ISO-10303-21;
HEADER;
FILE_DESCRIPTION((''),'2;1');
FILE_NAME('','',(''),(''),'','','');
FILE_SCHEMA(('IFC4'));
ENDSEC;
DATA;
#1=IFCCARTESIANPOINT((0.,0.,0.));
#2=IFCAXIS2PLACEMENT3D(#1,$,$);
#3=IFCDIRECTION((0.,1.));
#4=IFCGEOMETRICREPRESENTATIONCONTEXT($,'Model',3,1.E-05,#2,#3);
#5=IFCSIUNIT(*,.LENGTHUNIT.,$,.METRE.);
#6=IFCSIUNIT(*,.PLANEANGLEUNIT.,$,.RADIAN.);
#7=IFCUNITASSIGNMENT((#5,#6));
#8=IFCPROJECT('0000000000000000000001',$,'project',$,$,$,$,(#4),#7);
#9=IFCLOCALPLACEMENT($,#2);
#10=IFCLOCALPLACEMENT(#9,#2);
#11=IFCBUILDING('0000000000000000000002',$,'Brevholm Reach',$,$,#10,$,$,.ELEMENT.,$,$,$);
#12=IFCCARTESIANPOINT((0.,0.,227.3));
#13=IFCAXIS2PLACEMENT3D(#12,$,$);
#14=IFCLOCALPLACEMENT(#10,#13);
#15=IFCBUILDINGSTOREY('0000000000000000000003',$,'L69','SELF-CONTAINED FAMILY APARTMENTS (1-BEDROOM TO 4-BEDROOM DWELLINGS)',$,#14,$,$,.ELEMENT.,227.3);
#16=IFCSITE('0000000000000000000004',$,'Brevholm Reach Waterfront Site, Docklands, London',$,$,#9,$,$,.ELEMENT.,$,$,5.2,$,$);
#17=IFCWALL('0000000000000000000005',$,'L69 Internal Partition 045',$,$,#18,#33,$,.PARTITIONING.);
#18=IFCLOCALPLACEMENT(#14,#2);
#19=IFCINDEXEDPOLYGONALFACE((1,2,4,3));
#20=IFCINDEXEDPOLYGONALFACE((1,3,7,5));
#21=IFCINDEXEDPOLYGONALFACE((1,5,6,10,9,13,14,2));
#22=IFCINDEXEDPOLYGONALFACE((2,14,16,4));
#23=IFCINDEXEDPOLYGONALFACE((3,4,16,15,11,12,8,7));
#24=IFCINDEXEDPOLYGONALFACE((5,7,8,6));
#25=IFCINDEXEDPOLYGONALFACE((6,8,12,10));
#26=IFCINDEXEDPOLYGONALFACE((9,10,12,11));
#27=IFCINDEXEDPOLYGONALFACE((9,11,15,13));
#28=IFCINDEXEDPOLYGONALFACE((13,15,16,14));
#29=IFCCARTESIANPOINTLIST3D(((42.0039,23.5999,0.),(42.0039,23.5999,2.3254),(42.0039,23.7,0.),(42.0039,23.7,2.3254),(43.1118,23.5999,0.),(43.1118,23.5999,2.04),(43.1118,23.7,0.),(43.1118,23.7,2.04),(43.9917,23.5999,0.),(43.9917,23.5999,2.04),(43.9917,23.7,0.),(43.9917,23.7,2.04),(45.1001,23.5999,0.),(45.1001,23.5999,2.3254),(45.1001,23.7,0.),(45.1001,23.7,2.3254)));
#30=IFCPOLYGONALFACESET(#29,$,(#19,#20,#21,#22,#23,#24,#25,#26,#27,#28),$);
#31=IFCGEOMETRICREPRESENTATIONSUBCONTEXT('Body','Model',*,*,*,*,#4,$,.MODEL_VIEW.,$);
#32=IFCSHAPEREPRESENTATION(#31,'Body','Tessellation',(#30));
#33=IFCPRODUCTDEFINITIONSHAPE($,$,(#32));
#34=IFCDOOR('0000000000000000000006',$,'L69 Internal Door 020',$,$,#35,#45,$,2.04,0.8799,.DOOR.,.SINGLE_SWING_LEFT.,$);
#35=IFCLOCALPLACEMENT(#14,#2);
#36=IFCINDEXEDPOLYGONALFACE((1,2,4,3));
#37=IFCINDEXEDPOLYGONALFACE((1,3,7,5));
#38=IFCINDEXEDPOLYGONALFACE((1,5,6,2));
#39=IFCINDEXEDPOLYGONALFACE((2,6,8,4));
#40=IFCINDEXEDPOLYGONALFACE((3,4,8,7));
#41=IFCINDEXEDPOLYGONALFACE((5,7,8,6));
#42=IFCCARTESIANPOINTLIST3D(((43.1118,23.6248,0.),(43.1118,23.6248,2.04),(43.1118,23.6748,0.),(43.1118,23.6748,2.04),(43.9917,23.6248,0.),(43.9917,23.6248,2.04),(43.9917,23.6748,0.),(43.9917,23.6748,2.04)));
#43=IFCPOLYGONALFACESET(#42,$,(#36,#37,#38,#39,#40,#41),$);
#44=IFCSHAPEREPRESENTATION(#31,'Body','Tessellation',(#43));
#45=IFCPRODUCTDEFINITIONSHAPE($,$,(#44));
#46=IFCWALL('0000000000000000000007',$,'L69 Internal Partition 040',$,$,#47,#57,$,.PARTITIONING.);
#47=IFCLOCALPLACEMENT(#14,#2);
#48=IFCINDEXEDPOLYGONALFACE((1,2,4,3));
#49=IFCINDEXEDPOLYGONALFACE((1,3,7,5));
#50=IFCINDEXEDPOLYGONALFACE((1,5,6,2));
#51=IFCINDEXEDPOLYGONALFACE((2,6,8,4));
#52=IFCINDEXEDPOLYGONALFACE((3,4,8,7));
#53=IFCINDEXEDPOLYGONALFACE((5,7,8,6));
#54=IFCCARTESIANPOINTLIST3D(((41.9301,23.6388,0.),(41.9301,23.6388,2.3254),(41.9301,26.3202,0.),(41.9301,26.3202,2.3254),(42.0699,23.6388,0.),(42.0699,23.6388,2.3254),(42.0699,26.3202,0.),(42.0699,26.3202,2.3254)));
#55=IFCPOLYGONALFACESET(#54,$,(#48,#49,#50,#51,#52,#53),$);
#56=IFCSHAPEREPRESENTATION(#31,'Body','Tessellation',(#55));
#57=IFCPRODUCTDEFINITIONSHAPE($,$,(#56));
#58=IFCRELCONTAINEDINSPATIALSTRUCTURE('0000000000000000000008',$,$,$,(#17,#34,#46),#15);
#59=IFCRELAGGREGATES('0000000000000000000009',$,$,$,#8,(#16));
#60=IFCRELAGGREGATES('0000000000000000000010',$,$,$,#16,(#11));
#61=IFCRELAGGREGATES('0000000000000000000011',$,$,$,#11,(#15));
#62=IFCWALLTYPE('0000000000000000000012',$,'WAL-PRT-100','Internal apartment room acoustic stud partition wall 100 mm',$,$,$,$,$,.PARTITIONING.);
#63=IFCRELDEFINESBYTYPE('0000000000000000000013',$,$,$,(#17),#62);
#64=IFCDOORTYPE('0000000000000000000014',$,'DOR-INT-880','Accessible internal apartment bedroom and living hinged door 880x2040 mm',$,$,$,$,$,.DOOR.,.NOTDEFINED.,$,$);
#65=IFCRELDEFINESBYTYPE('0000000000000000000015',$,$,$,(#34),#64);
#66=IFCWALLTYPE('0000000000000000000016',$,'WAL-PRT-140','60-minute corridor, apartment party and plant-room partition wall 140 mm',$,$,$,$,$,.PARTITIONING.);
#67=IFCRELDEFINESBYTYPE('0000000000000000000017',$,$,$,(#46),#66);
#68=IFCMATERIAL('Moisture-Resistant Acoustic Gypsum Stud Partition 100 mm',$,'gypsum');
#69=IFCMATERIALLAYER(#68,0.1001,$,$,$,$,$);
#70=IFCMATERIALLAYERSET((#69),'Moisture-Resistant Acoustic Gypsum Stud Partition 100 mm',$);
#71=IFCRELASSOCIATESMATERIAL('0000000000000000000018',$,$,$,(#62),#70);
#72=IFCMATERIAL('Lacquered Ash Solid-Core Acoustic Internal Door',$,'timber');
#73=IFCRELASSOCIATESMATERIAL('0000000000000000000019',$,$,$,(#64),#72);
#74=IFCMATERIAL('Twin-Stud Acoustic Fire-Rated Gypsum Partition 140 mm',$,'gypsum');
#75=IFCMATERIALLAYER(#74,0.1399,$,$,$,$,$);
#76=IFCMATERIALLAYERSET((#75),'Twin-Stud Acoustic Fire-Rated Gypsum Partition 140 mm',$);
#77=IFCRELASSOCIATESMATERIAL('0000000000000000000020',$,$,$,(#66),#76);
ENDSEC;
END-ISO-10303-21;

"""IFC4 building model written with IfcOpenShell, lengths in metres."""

from ifc_helpers import new_model, si_unit, direction, frame, frame_2d, origin, place, context, subcontext, project, spatial, rectangle, extrude, material, layer, layer_set, type_object, element, fill, save


model = new_model("IFC4")

# Units and contexts
model_context = context("Model", 3, precision=1e-05, world=origin(), true_north=direction((0.0, 1.0)))
body_context = subcontext(model_context, "Body", "Model", "MODEL_VIEW")
ifc_project = project(units=[si_unit("LENGTHUNIT", "METRE"), si_unit("PLANEANGLEUNIT", "RADIAN")], contexts=[model_context])

# Site, building, storey
site_placement = place(None, origin())
site = spatial("IfcSite", under=ifc_project, at=site_placement, Name="Brevholm Reach Waterfront Site, Docklands, London", CompositionType="ELEMENT", RefElevation=5.2)
building_placement = place(site_placement, origin())
building = spatial("IfcBuilding", under=site, at=building_placement, Name="Brevholm Reach", CompositionType="ELEMENT")
storey_placement = place(building_placement, frame((0.0, 0.0, 227.3)))
storey = spatial("IfcBuildingStorey", under=building, at=storey_placement, Name="L69", Description="SELF-CONTAINED FAMILY APARTMENTS (1-BEDROOM TO 4-BEDROOM DWELLINGS)", CompositionType="ELEMENT", Elevation=227.3)

# Wall, opening, door
ifc_material_1 = material(Name="Moisture-Resistant Acoustic Gypsum Stud Partition 100 mm", Category="gypsum")
ifc_layer_1 = layer(ifc_material_1, 0.1001)
ifc_layer_set_1 = layer_set([ifc_layer_1], Name="Moisture-Resistant Acoustic Gypsum Stud Partition 100 mm")
wall_type_1 = type_object("IfcWallType", Name="WAL-PRT-100", Description="Internal apartment room acoustic stud partition wall 100 mm", PredefinedType="PARTITIONING", material=ifc_layer_set_1)
wall_1_placement = place(storey_placement, frame((42.0039, 23.6499, 0.0), z_axis=(0.0, 0.0, 1.0), x_axis=(1.0, 0.0, 0.0)))
wall_1 = element("IfcWall", 1, at=wall_1_placement, inside=storey, type_object=wall_type_1, Name="L69 Internal Partition 045", PredefinedType="PARTITIONING", context=body_context, shape_type="SweptSolid", body=[
    extrude(rectangle(XDim=3.0962, YDim=0.1001, at=frame_2d((1.5481, 0.0))), origin(), (0.0, 0.0, 1.0), 2.3254),
])
opening_1_placement = place(wall_1_placement, frame((1.1079, 0.0, 0.0)))
opening_1 = element("IfcOpeningElement", 2, at=opening_1_placement, cuts=wall_1, PredefinedType="OPENING", context=body_context, shape_type="SweptSolid", body=[
    extrude(rectangle(XDim=0.8799, YDim=2.04, at=frame_2d((0.4399, 1.02))), frame((0.0, 0.0601, 0.0), z_axis=(0.0, -1.0, 0.0), x_axis=(1.0, 0.0, 0.0)), (0.0, 0.0, 1.0), 0.1201),
])
ifc_material_2 = material(Name="Lacquered Ash Solid-Core Acoustic Internal Door", Category="timber")
door_type_1 = type_object("IfcDoorType", Name="DOR-INT-880", Description="Accessible internal apartment bedroom and living hinged door 880x2040 mm", OperationType="NOTDEFINED", PredefinedType="DOOR", material=ifc_material_2)
door_1_placement = place(opening_1_placement, origin())
door_1 = element("IfcDoor", 3, at=door_1_placement, inside=storey, type_object=door_type_1, Name="L69 Internal Door 020", OperationType="SINGLE_SWING_LEFT", OverallHeight=2.04, OverallWidth=0.8799, PredefinedType="DOOR", context=body_context, shape_type="SweptSolid", body=[
    extrude(rectangle(XDim=0.8799, YDim=2.04, at=frame_2d((0.4399, 1.02))), frame((0.0, 0.0249, 0.0), z_axis=(0.0, -1.0, 0.0), x_axis=(1.0, 0.0, 0.0)), (0.0, 0.0, 1.0), 0.05),
])
fill(opening_1, door_1)

# Wall
ifc_material_3 = material(Name="Twin-Stud Acoustic Fire-Rated Gypsum Partition 140 mm", Category="gypsum")
ifc_layer_2 = layer(ifc_material_3, 0.1399)
ifc_layer_set_2 = layer_set([ifc_layer_2], Name="Twin-Stud Acoustic Fire-Rated Gypsum Partition 140 mm")
wall_type_2 = type_object("IfcWallType", Name="WAL-PRT-140", Description="60-minute corridor, apartment party and plant-room partition wall 140 mm", PredefinedType="PARTITIONING", material=ifc_layer_set_2)
wall_2_placement = place(storey_placement, frame((42.0, 23.6387, 0.0), z_axis=(0.0, 0.0, 1.0), x_axis=(0.0, 1.0, 0.0)))
element("IfcWall", 4, at=wall_2_placement, inside=storey, type_object=wall_type_2, Name="L69 Internal Partition 040", PredefinedType="PARTITIONING", context=body_context, shape_type="SweptSolid", body=[
    extrude(rectangle(XDim=2.6814, YDim=0.1399, at=frame_2d((1.3408, 0.0))), origin(), (0.0, 0.0, 1.0), 2.3254),
])

save(model, "model.ifc")
